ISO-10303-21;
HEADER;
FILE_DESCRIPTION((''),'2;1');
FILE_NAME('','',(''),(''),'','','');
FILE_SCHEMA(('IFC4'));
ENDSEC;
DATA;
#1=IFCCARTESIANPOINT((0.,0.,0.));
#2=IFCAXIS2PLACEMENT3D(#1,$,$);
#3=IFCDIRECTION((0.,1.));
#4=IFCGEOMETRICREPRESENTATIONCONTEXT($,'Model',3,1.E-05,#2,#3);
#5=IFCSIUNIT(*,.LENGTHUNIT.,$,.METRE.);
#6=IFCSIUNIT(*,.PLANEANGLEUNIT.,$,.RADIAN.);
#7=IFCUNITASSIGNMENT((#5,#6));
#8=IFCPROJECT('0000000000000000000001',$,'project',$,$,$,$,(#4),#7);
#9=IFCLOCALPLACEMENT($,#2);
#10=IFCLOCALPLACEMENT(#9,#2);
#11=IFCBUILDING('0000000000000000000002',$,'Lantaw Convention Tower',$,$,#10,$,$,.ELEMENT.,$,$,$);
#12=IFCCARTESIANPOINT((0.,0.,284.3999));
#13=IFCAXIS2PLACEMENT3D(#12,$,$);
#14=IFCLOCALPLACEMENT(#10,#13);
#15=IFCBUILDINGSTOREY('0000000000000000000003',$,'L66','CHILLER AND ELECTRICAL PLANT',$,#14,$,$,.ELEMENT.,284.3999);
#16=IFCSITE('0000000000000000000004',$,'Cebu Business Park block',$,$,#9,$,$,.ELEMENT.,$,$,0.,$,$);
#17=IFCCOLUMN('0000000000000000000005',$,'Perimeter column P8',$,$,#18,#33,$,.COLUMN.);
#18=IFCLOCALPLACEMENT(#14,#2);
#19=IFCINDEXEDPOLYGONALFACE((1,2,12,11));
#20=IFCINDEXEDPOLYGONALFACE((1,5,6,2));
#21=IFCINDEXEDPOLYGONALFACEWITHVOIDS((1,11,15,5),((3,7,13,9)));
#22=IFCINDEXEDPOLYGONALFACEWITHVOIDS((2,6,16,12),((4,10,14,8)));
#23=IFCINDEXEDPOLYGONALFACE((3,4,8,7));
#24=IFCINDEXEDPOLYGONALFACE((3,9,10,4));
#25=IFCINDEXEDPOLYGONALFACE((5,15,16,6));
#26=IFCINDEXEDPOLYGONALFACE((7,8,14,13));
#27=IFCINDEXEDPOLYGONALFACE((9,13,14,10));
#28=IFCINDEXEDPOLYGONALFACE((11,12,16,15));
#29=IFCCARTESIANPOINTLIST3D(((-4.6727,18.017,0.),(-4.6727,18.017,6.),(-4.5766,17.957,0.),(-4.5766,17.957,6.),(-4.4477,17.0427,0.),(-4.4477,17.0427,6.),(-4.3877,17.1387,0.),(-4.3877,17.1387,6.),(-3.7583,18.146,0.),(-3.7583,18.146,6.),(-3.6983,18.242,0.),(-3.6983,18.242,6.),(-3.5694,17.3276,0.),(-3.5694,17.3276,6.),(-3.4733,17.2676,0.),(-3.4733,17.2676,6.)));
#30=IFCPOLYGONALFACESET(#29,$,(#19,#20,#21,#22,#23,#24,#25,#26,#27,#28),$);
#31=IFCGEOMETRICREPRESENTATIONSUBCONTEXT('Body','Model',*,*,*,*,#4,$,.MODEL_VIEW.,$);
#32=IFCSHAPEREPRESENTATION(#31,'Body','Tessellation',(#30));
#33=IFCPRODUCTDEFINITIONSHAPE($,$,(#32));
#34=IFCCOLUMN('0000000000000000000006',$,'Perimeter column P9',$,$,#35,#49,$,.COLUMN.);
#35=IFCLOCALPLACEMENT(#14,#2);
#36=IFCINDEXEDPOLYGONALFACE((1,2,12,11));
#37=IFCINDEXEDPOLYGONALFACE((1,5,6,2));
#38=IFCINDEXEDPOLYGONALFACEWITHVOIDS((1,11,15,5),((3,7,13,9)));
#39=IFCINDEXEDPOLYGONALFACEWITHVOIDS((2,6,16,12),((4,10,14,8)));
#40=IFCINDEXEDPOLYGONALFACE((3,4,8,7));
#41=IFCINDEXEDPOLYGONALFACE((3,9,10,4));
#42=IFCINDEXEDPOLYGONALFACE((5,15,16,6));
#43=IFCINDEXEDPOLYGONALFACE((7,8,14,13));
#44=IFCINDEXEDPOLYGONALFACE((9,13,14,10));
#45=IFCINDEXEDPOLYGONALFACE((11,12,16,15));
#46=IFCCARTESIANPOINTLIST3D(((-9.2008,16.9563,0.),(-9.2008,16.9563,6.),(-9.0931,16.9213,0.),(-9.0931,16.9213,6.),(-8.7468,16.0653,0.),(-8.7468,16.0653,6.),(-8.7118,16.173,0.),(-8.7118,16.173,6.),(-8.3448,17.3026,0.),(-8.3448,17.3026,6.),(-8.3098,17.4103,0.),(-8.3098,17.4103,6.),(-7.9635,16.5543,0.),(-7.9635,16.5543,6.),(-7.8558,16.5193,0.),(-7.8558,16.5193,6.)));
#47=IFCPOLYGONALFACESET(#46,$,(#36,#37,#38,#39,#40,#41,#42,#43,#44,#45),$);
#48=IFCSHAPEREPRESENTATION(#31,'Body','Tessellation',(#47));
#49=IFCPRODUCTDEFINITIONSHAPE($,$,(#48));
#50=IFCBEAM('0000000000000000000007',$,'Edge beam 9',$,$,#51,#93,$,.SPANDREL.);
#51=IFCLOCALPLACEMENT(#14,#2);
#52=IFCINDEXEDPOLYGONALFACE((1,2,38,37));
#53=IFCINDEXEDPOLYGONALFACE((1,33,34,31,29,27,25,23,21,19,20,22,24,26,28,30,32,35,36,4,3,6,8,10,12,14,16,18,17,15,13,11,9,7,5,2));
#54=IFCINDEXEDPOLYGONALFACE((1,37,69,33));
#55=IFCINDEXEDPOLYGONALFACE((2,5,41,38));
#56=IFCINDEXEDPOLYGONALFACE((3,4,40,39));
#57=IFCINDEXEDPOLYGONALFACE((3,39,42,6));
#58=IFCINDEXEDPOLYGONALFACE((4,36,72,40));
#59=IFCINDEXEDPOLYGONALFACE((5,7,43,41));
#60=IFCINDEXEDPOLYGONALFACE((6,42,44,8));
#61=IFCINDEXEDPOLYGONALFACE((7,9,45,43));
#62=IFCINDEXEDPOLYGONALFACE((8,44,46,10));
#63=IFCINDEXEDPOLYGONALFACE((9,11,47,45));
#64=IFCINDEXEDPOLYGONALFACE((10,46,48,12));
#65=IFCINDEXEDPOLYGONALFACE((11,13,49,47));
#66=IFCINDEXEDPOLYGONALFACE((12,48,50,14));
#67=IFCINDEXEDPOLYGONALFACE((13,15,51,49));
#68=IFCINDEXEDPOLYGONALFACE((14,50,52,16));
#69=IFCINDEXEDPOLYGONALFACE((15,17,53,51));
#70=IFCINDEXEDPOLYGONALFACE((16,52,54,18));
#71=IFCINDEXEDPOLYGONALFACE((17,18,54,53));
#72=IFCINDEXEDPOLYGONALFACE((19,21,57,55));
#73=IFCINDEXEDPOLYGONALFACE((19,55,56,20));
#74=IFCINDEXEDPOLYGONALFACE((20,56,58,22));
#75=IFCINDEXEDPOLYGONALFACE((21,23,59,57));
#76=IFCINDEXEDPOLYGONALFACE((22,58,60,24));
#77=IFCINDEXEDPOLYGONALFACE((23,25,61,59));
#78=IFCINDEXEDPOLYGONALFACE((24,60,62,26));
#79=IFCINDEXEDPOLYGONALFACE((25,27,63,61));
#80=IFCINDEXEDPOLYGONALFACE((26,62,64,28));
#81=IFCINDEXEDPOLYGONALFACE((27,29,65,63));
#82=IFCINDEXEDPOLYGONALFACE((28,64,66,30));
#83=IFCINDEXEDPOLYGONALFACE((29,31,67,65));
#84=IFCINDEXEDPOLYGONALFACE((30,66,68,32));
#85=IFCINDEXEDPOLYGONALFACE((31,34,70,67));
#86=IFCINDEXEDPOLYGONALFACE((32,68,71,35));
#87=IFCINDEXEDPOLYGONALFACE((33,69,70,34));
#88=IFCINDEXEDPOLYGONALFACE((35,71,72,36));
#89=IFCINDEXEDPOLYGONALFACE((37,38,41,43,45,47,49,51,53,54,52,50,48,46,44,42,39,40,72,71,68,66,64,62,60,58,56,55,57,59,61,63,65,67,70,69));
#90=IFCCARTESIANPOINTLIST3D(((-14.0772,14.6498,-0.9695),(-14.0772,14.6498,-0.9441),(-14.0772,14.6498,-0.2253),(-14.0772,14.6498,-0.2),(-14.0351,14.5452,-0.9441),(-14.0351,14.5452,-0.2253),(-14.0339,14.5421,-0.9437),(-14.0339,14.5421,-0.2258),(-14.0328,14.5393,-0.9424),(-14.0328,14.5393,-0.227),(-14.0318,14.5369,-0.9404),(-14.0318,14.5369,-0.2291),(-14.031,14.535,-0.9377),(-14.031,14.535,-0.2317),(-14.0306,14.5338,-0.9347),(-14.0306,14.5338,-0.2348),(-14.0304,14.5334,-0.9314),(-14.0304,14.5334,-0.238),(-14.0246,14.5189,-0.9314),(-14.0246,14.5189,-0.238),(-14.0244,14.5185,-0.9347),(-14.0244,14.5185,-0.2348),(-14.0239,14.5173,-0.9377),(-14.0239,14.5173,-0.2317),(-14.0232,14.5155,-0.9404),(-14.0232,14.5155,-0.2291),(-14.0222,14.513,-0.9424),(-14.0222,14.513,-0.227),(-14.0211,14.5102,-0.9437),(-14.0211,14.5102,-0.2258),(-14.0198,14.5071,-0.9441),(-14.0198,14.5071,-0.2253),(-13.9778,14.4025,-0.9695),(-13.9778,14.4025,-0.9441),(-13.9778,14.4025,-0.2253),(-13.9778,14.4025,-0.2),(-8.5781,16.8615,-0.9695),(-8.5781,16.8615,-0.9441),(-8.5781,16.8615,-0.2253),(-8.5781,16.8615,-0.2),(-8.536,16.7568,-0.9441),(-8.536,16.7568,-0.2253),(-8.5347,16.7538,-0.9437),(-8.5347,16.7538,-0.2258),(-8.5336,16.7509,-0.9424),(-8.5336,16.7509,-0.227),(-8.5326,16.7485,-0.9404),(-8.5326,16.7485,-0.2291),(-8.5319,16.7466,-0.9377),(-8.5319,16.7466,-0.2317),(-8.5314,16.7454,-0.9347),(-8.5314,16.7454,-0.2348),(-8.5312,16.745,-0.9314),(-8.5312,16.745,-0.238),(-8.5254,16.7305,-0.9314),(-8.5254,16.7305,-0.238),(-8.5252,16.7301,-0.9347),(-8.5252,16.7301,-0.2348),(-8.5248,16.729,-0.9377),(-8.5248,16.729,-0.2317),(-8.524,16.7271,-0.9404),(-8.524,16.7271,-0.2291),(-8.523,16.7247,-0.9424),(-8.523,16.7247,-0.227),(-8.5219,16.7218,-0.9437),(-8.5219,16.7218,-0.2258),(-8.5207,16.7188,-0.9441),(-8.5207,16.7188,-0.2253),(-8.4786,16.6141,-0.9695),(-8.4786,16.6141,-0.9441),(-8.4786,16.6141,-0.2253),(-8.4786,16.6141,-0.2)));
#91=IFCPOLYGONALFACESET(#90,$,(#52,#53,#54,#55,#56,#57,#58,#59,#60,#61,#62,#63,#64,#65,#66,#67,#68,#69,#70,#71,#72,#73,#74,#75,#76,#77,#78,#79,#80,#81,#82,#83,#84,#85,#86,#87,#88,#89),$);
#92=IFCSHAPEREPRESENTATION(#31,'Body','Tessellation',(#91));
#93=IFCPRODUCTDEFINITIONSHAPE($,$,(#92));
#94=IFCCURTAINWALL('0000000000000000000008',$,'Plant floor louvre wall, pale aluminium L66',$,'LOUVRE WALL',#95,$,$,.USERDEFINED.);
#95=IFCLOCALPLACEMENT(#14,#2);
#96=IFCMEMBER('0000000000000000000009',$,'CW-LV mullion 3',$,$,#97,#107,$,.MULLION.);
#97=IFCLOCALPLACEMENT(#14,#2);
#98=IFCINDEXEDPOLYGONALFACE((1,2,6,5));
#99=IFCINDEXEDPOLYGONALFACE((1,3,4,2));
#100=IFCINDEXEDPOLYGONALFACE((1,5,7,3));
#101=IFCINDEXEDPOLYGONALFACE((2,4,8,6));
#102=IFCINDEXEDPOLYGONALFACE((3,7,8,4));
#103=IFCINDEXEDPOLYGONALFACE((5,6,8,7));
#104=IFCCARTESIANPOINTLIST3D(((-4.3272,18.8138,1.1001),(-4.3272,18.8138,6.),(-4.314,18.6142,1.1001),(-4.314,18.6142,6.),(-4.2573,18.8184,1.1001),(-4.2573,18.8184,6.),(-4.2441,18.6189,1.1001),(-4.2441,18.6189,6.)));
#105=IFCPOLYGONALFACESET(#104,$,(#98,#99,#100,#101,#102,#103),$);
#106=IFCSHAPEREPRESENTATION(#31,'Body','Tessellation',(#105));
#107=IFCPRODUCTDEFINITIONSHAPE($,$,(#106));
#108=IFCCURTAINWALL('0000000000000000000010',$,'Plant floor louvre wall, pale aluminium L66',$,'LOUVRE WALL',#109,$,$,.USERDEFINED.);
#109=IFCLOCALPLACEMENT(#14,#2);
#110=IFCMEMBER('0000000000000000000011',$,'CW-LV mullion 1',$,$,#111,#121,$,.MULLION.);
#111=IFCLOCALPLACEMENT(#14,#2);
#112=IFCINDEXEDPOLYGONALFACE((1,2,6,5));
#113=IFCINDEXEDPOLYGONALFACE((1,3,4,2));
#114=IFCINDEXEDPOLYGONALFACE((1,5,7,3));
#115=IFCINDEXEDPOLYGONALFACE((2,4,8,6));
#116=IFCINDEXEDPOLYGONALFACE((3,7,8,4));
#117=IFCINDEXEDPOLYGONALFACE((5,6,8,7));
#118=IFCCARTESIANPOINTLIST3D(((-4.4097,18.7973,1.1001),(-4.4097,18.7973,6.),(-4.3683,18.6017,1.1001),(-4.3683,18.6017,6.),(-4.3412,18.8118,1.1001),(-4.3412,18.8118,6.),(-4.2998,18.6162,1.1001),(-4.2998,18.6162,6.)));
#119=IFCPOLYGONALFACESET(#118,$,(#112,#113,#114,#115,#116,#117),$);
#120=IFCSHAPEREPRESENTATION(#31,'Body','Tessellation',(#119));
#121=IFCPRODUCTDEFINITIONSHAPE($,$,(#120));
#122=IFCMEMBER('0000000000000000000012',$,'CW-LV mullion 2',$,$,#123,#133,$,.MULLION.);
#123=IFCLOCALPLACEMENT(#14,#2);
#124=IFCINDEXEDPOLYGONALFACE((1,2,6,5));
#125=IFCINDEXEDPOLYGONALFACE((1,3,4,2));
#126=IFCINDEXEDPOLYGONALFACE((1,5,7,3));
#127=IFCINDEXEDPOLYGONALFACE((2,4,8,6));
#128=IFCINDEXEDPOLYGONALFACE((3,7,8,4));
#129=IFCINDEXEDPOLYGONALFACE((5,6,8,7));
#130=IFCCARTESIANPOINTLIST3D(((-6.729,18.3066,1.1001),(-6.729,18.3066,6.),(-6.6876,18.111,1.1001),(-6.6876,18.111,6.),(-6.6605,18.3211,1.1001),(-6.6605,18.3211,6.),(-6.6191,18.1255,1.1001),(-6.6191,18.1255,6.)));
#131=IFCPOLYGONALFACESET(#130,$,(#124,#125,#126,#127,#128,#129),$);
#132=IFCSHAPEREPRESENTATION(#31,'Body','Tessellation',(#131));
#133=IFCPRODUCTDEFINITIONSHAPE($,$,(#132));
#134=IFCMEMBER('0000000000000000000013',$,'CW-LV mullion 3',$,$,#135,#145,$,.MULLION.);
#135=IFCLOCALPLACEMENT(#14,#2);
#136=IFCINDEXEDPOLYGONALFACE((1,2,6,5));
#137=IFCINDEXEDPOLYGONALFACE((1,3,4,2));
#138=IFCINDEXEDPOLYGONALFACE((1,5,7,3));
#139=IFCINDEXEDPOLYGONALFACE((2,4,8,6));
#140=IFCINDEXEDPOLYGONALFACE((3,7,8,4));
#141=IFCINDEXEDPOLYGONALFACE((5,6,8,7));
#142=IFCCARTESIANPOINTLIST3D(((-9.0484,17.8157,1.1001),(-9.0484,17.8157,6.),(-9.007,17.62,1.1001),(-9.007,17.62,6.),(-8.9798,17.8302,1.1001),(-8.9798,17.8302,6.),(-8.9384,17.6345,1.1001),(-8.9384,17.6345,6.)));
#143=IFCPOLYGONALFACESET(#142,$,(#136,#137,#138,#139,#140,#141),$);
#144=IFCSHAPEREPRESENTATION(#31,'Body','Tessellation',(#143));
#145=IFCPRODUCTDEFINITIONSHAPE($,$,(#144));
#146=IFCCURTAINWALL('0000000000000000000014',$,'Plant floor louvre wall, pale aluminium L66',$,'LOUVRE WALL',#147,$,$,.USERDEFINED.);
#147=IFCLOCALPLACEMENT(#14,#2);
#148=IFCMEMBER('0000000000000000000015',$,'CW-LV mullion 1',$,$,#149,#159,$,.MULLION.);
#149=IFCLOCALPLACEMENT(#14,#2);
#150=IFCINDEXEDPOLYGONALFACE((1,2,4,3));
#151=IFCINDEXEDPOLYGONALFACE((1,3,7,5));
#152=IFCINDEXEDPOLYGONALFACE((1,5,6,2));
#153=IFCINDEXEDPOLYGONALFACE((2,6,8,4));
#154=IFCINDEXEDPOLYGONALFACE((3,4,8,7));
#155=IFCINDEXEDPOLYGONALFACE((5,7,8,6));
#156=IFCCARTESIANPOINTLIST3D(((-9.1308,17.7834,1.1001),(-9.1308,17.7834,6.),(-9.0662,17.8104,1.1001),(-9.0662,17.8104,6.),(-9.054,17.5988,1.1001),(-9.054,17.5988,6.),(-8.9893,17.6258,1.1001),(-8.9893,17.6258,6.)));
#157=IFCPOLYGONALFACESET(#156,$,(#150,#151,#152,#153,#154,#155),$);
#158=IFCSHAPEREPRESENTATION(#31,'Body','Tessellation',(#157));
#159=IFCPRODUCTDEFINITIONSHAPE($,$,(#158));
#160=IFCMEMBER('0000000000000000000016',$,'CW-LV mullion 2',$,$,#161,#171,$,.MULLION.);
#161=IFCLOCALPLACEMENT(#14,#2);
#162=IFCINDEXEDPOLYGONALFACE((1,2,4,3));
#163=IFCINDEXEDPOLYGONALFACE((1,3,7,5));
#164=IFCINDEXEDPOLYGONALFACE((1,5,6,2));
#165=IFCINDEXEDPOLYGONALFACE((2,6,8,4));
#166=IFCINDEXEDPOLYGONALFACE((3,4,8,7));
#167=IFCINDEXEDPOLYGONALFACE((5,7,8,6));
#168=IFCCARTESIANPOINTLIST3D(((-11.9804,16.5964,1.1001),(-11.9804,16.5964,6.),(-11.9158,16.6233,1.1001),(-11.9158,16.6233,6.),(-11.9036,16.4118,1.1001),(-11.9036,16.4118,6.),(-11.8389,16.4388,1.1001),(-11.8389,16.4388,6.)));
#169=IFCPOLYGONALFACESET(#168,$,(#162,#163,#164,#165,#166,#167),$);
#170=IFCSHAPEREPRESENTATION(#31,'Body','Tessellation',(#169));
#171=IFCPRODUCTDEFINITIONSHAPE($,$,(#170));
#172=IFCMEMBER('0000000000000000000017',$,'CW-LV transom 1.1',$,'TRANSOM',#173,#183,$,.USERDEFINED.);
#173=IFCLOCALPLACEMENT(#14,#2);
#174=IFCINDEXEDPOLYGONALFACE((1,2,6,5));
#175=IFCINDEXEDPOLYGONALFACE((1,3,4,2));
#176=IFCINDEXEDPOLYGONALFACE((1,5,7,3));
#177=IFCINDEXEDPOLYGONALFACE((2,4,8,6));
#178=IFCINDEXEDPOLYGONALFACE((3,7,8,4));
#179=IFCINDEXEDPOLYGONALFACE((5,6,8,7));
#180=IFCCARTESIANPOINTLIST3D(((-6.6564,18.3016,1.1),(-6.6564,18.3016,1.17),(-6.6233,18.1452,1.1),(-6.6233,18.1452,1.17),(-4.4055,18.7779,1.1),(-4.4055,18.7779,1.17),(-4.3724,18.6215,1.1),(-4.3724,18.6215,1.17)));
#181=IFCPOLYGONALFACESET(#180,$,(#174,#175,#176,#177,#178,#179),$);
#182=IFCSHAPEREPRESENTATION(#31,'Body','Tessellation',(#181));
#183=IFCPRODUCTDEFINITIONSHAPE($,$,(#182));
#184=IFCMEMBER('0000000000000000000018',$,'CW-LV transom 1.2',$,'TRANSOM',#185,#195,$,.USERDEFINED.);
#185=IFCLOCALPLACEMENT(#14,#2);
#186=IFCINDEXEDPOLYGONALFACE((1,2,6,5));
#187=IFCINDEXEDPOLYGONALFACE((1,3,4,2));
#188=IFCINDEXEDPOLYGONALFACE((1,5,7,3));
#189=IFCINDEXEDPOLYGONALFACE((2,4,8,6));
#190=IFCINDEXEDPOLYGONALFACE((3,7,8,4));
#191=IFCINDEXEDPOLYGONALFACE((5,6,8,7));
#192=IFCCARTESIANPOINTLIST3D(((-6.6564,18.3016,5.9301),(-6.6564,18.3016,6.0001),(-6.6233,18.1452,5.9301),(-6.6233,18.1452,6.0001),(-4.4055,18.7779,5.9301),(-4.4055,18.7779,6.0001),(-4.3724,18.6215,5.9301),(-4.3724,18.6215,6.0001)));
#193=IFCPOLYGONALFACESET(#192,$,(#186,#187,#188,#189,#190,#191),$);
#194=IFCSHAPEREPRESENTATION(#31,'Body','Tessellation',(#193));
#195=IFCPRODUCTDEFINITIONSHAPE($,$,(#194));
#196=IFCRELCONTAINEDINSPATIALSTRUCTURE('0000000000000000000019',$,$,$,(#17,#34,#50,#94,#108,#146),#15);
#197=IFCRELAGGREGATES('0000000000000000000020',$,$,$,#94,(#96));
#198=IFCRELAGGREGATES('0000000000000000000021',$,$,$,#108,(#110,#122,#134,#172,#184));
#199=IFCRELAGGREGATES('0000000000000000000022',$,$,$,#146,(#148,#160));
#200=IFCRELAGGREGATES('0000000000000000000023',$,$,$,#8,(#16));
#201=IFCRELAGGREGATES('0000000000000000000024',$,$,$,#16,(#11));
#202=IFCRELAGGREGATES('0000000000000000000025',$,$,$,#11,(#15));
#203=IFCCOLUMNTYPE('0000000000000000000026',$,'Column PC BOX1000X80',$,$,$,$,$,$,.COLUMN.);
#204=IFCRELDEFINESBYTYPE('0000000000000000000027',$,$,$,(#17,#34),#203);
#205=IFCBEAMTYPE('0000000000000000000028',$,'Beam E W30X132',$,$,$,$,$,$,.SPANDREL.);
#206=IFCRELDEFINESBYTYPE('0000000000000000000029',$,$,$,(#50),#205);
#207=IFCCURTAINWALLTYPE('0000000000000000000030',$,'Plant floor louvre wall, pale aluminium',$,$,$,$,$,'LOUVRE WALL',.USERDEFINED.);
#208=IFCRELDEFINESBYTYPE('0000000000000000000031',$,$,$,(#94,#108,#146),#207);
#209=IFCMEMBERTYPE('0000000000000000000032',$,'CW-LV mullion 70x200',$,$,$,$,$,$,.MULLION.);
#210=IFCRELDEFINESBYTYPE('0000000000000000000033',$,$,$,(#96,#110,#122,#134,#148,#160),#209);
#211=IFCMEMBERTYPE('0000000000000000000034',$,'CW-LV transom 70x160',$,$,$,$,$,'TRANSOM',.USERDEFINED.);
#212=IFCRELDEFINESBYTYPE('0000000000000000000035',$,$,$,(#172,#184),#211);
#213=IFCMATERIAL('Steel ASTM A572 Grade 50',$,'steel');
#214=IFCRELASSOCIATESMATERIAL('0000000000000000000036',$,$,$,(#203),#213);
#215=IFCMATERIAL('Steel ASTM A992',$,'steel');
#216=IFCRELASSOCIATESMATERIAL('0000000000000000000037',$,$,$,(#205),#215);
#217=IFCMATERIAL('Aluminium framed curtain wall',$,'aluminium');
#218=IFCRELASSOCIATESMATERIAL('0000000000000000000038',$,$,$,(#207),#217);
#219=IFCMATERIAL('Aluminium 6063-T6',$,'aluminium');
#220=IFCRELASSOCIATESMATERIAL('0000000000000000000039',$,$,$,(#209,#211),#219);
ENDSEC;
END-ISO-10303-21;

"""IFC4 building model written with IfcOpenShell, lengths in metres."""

from ifc_helpers import new_model, si_unit, direction, frame, origin, origin_2d, place, context, subcontext, project, spatial, rectangle, hollow_rectangle, i_section, extrude, material, material_profile, profile_set, type_object, element, aggregate, save


model = new_model("IFC4")

# Units and contexts
model_context = context("Model", 3, precision=1e-05, world=origin(), true_north=direction((0.0, 1.0)))
body_context = subcontext(model_context, "Body", "Model", "MODEL_VIEW")
ifc_project = project(units=[si_unit("LENGTHUNIT", "METRE"), si_unit("PLANEANGLEUNIT", "RADIAN")], contexts=[model_context])

# Site, building, storey
site_placement = place(None, origin())
site = spatial("IfcSite", under=ifc_project, at=site_placement, Name="Cebu Business Park block", CompositionType="ELEMENT", RefElevation=0.0)
building_placement = place(site_placement, origin())
building = spatial("IfcBuilding", under=site, at=building_placement, Name="Lantaw Convention Tower", CompositionType="ELEMENT")
storey_placement = place(building_placement, frame((0.0, 0.0, 284.3999)))
storey = spatial("IfcBuildingStorey", under=building, at=storey_placement, Name="L66", Description="CHILLER AND ELECTRICAL PLANT", CompositionType="ELEMENT", Elevation=284.3999)

# Columns
ifc_material_1 = material(Name="Steel ASTM A572 Grade 50", Category="steel")
ifc_material_profile_1 = material_profile(ifc_material_1, hollow_rectangle(XDim=1.0, YDim=1.0, WallThickness=0.0801, at=origin_2d()), Name="BOX1000X80")
ifc_material_2 = material(Name="Concrete C60/75", Category="concrete")
ifc_material_profile_2 = material_profile(ifc_material_2, rectangle(XDim=0.8401, YDim=0.8401, at=origin_2d()), Name="Concrete fill of BOX1000X80")
ifc_profile_set_1 = profile_set([ifc_material_profile_1, ifc_material_profile_2], Name="Steel ASTM A572 Grade 50")
column_type = type_object("IfcColumnType", Name="Column PC BOX1000X80", PredefinedType="COLUMN", material=ifc_profile_set_1)
for number, where, z_axis, x_axis, name in (
    (1, (-4.073, 17.6423, 0.0), (0.0, 0.0, 1.0), (0.97437, 0.224951, 0.0), "Perimeter column P8"),
    (2, (-8.5283, 16.7378, 0.0), (0.0, 0.0, 1.0), (0.891007, 0.45399, 0.0), "Perimeter column P9"),
):
    element("IfcColumn", number, at=place(storey_placement, frame(where, z_axis=z_axis, x_axis=x_axis)), inside=storey, type_object=column_type, Name=name, PredefinedType="COLUMN", context=body_context, shape_type="SweptSolid", body=[
        extrude(hollow_rectangle(XDim=1.0, YDim=1.0, WallThickness=0.0801, at=origin_2d()), origin(), (0.0, 0.0, 1.0), 6.0),
    ])

# Beam
ifc_material_3 = material(Name="Steel ASTM A992", Category="steel")
ifc_material_profile_3 = material_profile(ifc_material_3, i_section(OverallWidth=0.2666, OverallDepth=0.7695, WebThickness=0.0156, FlangeThickness=0.0254, FilletRadius=0.0127, at=origin_2d()), Name="W30X132")
ifc_profile_set_2 = profile_set([ifc_material_profile_3], Name="Steel ASTM A992")
beam_type = type_object("IfcBeamType", Name="Beam E W30X132", PredefinedType="SPANDREL", material=ifc_profile_set_2)
beam_placement = place(storey_placement, frame((-8.5283, 16.7378, -0.5847), z_axis=(-0.927779, -0.37313, 0.0), x_axis=(0.37313, -0.927779, 0.0)))
element("IfcBeam", 3, at=beam_placement, inside=storey, type_object=beam_type, Name="Edge beam 9", PredefinedType="SPANDREL", context=body_context, shape_type="SweptSolid", body=[
    extrude(i_section(OverallWidth=0.2666, OverallDepth=0.7695, WebThickness=0.0156, FlangeThickness=0.0254, FilletRadius=0.0127, at=origin_2d()), origin(), (0.0, 0.0, 1.0), 5.9272),
])

# Curtain wall, member
ifc_material_4 = material(Name="Aluminium framed curtain wall", Category="aluminium")
curtain_wall_type = type_object("IfcCurtainWallType", Name="Plant floor louvre wall, pale aluminium", ElementType="LOUVRE WALL", PredefinedType="USERDEFINED", material=ifc_material_4)
curtain_wall_1_placement = place(storey_placement, origin())
curtain_wall_1 = element("IfcCurtainWall", 4, at=curtain_wall_1_placement, inside=storey, type_object=curtain_wall_type, Name="Plant floor louvre wall, pale aluminium L66", ObjectType="LOUVRE WALL", PredefinedType="USERDEFINED")
ifc_material_5 = material(Name="Aluminium 6063-T6", Category="aluminium")
ifc_material_profile_4 = material_profile(ifc_material_5, rectangle(XDim=0.2, YDim=0.0701, at=origin_2d()), Name="CW-LV mullion 70x200")
ifc_profile_set_3 = profile_set([ifc_material_profile_4], Name="Aluminium 6063-T6")
member_type_1 = type_object("IfcMemberType", Name="CW-LV mullion 70x200", PredefinedType="MULLION", material=ifc_profile_set_3)
member_1_placement = place(storey_placement, frame((-4.2856, 18.7163, 1.1001), z_axis=(0.0, 0.0, 1.0), x_axis=(0.066025, -0.997818, 0.0)))
member_1 = element("IfcMember", 5, at=member_1_placement, type_object=member_type_1, Name="CW-LV mullion 3", PredefinedType="MULLION", context=body_context, shape_type="SweptSolid", body=[
    extrude(rectangle(XDim=0.2, YDim=0.0701, at=origin_2d()), origin(), (0.0, 0.0, 1.0), 4.8999),
])
aggregate(curtain_wall_1, [member_1])

# Curtain walls, members
curtain_wall_2_placement = place(storey_placement, origin())
curtain_wall_2 = element("IfcCurtainWall", 6, at=curtain_wall_2_placement, inside=storey, type_object=curtain_wall_type, Name="Plant floor louvre wall, pale aluminium L66", ObjectType="LOUVRE WALL", PredefinedType="USERDEFINED")
member_2_placement = place(storey_placement, frame((-4.3547, 18.7068, 1.1001), z_axis=(0.0, 0.0, 1.0), x_axis=(0.20704, -0.978332, 0.0)))
member_2 = element("IfcMember", 7, at=member_2_placement, type_object=member_type_1, Name="CW-LV mullion 1", PredefinedType="MULLION", context=body_context, shape_type="SweptSolid", body=[
    extrude(rectangle(XDim=0.2, YDim=0.0701, at=origin_2d()), origin(), (0.0, 0.0, 1.0), 4.8999),
])
member_3_placement = place(storey_placement, frame((-6.6741, 18.2161, 1.1001), z_axis=(0.0, 0.0, 1.0), x_axis=(0.20704, -0.978332, 0.0)))
member_3 = element("IfcMember", 8, at=member_3_placement, type_object=member_type_1, Name="CW-LV mullion 2", PredefinedType="MULLION", context=body_context, shape_type="SweptSolid", body=[
    extrude(rectangle(XDim=0.2, YDim=0.0701, at=origin_2d()), origin(), (0.0, 0.0, 1.0), 4.8999),
])
member_4_placement = place(storey_placement, frame((-8.9934, 17.7251, 1.1001), z_axis=(0.0, 0.0, 1.0), x_axis=(0.20704, -0.978332, 0.0)))
member_4 = element("IfcMember", 9, at=member_4_placement, type_object=member_type_1, Name="CW-LV mullion 3", PredefinedType="MULLION", context=body_context, shape_type="SweptSolid", body=[
    extrude(rectangle(XDim=0.2, YDim=0.0701, at=origin_2d()), origin(), (0.0, 0.0, 1.0), 4.8999),
])
curtain_wall_3_placement = place(storey_placement, origin())
curtain_wall_3 = element("IfcCurtainWall", 10, at=curtain_wall_3_placement, inside=storey, type_object=curtain_wall_type, Name="Plant floor louvre wall, pale aluminium L66", ObjectType="LOUVRE WALL", PredefinedType="USERDEFINED")
member_5_placement = place(storey_placement, frame((-9.0601, 17.7046, 1.1001), z_axis=(0.0, 0.0, 1.0), x_axis=(0.38446, -0.923142, 0.0)))
member_5 = element("IfcMember", 11, at=member_5_placement, type_object=member_type_1, Name="CW-LV mullion 1", PredefinedType="MULLION", context=body_context, shape_type="SweptSolid", body=[
    extrude(rectangle(XDim=0.2, YDim=0.0701, at=origin_2d()), origin(), (0.0, 0.0, 1.0), 4.8999),
])
member_6_placement = place(storey_placement, frame((-11.9097, 16.5176, 1.1001), z_axis=(0.0, 0.0, 1.0), x_axis=(0.38446, -0.923142, 0.0)))
member_6 = element("IfcMember", 12, at=member_6_placement, type_object=member_type_1, Name="CW-LV mullion 2", PredefinedType="MULLION", context=body_context, shape_type="SweptSolid", body=[
    extrude(rectangle(XDim=0.2, YDim=0.0701, at=origin_2d()), origin(), (0.0, 0.0, 1.0), 4.8999),
])

# Members
ifc_material_profile_5 = material_profile(ifc_material_5, rectangle(XDim=0.1599, YDim=0.0701, at=origin_2d()), Name="CW-LV transom 70x160")
ifc_profile_set_4 = profile_set([ifc_material_profile_5], Name="Aluminium 6063-T6")
member_type_2 = type_object("IfcMemberType", Name="CW-LV transom 70x160", ElementType="TRANSOM", PredefinedType="USERDEFINED", material=ifc_profile_set_4)
member_7_placement = place(storey_placement, frame((-4.3889, 18.6997, 1.135), z_axis=(-0.978336, -0.207021, 0.0), x_axis=(0.207021, -0.978336, 0.0)))
member_7 = element("IfcMember", 13, at=member_7_placement, type_object=member_type_2, Name="CW-LV transom 1.1", ObjectType="TRANSOM", PredefinedType="USERDEFINED", context=body_context, shape_type="SweptSolid", body=[
    extrude(rectangle(XDim=0.1599, YDim=0.0701, at=origin_2d()), origin(), (0.0, 0.0, 1.0), 2.3008),
])
member_8_placement = place(storey_placement, frame((-4.3889, 18.6997, 5.9651), z_axis=(-0.978336, -0.207021, 0.0), x_axis=(0.207021, -0.978336, 0.0)))
member_8 = element("IfcMember", 14, at=member_8_placement, type_object=member_type_2, Name="CW-LV transom 1.2", ObjectType="TRANSOM", PredefinedType="USERDEFINED", context=body_context, shape_type="SweptSolid", body=[
    extrude(rectangle(XDim=0.1599, YDim=0.0701, at=origin_2d()), origin(), (0.0, 0.0, 1.0), 2.3008),
])

aggregate(curtain_wall_2, [member_2, member_3, member_4, member_7, member_8])
aggregate(curtain_wall_3, [member_5, member_6])

save(model, "model.ifc")
